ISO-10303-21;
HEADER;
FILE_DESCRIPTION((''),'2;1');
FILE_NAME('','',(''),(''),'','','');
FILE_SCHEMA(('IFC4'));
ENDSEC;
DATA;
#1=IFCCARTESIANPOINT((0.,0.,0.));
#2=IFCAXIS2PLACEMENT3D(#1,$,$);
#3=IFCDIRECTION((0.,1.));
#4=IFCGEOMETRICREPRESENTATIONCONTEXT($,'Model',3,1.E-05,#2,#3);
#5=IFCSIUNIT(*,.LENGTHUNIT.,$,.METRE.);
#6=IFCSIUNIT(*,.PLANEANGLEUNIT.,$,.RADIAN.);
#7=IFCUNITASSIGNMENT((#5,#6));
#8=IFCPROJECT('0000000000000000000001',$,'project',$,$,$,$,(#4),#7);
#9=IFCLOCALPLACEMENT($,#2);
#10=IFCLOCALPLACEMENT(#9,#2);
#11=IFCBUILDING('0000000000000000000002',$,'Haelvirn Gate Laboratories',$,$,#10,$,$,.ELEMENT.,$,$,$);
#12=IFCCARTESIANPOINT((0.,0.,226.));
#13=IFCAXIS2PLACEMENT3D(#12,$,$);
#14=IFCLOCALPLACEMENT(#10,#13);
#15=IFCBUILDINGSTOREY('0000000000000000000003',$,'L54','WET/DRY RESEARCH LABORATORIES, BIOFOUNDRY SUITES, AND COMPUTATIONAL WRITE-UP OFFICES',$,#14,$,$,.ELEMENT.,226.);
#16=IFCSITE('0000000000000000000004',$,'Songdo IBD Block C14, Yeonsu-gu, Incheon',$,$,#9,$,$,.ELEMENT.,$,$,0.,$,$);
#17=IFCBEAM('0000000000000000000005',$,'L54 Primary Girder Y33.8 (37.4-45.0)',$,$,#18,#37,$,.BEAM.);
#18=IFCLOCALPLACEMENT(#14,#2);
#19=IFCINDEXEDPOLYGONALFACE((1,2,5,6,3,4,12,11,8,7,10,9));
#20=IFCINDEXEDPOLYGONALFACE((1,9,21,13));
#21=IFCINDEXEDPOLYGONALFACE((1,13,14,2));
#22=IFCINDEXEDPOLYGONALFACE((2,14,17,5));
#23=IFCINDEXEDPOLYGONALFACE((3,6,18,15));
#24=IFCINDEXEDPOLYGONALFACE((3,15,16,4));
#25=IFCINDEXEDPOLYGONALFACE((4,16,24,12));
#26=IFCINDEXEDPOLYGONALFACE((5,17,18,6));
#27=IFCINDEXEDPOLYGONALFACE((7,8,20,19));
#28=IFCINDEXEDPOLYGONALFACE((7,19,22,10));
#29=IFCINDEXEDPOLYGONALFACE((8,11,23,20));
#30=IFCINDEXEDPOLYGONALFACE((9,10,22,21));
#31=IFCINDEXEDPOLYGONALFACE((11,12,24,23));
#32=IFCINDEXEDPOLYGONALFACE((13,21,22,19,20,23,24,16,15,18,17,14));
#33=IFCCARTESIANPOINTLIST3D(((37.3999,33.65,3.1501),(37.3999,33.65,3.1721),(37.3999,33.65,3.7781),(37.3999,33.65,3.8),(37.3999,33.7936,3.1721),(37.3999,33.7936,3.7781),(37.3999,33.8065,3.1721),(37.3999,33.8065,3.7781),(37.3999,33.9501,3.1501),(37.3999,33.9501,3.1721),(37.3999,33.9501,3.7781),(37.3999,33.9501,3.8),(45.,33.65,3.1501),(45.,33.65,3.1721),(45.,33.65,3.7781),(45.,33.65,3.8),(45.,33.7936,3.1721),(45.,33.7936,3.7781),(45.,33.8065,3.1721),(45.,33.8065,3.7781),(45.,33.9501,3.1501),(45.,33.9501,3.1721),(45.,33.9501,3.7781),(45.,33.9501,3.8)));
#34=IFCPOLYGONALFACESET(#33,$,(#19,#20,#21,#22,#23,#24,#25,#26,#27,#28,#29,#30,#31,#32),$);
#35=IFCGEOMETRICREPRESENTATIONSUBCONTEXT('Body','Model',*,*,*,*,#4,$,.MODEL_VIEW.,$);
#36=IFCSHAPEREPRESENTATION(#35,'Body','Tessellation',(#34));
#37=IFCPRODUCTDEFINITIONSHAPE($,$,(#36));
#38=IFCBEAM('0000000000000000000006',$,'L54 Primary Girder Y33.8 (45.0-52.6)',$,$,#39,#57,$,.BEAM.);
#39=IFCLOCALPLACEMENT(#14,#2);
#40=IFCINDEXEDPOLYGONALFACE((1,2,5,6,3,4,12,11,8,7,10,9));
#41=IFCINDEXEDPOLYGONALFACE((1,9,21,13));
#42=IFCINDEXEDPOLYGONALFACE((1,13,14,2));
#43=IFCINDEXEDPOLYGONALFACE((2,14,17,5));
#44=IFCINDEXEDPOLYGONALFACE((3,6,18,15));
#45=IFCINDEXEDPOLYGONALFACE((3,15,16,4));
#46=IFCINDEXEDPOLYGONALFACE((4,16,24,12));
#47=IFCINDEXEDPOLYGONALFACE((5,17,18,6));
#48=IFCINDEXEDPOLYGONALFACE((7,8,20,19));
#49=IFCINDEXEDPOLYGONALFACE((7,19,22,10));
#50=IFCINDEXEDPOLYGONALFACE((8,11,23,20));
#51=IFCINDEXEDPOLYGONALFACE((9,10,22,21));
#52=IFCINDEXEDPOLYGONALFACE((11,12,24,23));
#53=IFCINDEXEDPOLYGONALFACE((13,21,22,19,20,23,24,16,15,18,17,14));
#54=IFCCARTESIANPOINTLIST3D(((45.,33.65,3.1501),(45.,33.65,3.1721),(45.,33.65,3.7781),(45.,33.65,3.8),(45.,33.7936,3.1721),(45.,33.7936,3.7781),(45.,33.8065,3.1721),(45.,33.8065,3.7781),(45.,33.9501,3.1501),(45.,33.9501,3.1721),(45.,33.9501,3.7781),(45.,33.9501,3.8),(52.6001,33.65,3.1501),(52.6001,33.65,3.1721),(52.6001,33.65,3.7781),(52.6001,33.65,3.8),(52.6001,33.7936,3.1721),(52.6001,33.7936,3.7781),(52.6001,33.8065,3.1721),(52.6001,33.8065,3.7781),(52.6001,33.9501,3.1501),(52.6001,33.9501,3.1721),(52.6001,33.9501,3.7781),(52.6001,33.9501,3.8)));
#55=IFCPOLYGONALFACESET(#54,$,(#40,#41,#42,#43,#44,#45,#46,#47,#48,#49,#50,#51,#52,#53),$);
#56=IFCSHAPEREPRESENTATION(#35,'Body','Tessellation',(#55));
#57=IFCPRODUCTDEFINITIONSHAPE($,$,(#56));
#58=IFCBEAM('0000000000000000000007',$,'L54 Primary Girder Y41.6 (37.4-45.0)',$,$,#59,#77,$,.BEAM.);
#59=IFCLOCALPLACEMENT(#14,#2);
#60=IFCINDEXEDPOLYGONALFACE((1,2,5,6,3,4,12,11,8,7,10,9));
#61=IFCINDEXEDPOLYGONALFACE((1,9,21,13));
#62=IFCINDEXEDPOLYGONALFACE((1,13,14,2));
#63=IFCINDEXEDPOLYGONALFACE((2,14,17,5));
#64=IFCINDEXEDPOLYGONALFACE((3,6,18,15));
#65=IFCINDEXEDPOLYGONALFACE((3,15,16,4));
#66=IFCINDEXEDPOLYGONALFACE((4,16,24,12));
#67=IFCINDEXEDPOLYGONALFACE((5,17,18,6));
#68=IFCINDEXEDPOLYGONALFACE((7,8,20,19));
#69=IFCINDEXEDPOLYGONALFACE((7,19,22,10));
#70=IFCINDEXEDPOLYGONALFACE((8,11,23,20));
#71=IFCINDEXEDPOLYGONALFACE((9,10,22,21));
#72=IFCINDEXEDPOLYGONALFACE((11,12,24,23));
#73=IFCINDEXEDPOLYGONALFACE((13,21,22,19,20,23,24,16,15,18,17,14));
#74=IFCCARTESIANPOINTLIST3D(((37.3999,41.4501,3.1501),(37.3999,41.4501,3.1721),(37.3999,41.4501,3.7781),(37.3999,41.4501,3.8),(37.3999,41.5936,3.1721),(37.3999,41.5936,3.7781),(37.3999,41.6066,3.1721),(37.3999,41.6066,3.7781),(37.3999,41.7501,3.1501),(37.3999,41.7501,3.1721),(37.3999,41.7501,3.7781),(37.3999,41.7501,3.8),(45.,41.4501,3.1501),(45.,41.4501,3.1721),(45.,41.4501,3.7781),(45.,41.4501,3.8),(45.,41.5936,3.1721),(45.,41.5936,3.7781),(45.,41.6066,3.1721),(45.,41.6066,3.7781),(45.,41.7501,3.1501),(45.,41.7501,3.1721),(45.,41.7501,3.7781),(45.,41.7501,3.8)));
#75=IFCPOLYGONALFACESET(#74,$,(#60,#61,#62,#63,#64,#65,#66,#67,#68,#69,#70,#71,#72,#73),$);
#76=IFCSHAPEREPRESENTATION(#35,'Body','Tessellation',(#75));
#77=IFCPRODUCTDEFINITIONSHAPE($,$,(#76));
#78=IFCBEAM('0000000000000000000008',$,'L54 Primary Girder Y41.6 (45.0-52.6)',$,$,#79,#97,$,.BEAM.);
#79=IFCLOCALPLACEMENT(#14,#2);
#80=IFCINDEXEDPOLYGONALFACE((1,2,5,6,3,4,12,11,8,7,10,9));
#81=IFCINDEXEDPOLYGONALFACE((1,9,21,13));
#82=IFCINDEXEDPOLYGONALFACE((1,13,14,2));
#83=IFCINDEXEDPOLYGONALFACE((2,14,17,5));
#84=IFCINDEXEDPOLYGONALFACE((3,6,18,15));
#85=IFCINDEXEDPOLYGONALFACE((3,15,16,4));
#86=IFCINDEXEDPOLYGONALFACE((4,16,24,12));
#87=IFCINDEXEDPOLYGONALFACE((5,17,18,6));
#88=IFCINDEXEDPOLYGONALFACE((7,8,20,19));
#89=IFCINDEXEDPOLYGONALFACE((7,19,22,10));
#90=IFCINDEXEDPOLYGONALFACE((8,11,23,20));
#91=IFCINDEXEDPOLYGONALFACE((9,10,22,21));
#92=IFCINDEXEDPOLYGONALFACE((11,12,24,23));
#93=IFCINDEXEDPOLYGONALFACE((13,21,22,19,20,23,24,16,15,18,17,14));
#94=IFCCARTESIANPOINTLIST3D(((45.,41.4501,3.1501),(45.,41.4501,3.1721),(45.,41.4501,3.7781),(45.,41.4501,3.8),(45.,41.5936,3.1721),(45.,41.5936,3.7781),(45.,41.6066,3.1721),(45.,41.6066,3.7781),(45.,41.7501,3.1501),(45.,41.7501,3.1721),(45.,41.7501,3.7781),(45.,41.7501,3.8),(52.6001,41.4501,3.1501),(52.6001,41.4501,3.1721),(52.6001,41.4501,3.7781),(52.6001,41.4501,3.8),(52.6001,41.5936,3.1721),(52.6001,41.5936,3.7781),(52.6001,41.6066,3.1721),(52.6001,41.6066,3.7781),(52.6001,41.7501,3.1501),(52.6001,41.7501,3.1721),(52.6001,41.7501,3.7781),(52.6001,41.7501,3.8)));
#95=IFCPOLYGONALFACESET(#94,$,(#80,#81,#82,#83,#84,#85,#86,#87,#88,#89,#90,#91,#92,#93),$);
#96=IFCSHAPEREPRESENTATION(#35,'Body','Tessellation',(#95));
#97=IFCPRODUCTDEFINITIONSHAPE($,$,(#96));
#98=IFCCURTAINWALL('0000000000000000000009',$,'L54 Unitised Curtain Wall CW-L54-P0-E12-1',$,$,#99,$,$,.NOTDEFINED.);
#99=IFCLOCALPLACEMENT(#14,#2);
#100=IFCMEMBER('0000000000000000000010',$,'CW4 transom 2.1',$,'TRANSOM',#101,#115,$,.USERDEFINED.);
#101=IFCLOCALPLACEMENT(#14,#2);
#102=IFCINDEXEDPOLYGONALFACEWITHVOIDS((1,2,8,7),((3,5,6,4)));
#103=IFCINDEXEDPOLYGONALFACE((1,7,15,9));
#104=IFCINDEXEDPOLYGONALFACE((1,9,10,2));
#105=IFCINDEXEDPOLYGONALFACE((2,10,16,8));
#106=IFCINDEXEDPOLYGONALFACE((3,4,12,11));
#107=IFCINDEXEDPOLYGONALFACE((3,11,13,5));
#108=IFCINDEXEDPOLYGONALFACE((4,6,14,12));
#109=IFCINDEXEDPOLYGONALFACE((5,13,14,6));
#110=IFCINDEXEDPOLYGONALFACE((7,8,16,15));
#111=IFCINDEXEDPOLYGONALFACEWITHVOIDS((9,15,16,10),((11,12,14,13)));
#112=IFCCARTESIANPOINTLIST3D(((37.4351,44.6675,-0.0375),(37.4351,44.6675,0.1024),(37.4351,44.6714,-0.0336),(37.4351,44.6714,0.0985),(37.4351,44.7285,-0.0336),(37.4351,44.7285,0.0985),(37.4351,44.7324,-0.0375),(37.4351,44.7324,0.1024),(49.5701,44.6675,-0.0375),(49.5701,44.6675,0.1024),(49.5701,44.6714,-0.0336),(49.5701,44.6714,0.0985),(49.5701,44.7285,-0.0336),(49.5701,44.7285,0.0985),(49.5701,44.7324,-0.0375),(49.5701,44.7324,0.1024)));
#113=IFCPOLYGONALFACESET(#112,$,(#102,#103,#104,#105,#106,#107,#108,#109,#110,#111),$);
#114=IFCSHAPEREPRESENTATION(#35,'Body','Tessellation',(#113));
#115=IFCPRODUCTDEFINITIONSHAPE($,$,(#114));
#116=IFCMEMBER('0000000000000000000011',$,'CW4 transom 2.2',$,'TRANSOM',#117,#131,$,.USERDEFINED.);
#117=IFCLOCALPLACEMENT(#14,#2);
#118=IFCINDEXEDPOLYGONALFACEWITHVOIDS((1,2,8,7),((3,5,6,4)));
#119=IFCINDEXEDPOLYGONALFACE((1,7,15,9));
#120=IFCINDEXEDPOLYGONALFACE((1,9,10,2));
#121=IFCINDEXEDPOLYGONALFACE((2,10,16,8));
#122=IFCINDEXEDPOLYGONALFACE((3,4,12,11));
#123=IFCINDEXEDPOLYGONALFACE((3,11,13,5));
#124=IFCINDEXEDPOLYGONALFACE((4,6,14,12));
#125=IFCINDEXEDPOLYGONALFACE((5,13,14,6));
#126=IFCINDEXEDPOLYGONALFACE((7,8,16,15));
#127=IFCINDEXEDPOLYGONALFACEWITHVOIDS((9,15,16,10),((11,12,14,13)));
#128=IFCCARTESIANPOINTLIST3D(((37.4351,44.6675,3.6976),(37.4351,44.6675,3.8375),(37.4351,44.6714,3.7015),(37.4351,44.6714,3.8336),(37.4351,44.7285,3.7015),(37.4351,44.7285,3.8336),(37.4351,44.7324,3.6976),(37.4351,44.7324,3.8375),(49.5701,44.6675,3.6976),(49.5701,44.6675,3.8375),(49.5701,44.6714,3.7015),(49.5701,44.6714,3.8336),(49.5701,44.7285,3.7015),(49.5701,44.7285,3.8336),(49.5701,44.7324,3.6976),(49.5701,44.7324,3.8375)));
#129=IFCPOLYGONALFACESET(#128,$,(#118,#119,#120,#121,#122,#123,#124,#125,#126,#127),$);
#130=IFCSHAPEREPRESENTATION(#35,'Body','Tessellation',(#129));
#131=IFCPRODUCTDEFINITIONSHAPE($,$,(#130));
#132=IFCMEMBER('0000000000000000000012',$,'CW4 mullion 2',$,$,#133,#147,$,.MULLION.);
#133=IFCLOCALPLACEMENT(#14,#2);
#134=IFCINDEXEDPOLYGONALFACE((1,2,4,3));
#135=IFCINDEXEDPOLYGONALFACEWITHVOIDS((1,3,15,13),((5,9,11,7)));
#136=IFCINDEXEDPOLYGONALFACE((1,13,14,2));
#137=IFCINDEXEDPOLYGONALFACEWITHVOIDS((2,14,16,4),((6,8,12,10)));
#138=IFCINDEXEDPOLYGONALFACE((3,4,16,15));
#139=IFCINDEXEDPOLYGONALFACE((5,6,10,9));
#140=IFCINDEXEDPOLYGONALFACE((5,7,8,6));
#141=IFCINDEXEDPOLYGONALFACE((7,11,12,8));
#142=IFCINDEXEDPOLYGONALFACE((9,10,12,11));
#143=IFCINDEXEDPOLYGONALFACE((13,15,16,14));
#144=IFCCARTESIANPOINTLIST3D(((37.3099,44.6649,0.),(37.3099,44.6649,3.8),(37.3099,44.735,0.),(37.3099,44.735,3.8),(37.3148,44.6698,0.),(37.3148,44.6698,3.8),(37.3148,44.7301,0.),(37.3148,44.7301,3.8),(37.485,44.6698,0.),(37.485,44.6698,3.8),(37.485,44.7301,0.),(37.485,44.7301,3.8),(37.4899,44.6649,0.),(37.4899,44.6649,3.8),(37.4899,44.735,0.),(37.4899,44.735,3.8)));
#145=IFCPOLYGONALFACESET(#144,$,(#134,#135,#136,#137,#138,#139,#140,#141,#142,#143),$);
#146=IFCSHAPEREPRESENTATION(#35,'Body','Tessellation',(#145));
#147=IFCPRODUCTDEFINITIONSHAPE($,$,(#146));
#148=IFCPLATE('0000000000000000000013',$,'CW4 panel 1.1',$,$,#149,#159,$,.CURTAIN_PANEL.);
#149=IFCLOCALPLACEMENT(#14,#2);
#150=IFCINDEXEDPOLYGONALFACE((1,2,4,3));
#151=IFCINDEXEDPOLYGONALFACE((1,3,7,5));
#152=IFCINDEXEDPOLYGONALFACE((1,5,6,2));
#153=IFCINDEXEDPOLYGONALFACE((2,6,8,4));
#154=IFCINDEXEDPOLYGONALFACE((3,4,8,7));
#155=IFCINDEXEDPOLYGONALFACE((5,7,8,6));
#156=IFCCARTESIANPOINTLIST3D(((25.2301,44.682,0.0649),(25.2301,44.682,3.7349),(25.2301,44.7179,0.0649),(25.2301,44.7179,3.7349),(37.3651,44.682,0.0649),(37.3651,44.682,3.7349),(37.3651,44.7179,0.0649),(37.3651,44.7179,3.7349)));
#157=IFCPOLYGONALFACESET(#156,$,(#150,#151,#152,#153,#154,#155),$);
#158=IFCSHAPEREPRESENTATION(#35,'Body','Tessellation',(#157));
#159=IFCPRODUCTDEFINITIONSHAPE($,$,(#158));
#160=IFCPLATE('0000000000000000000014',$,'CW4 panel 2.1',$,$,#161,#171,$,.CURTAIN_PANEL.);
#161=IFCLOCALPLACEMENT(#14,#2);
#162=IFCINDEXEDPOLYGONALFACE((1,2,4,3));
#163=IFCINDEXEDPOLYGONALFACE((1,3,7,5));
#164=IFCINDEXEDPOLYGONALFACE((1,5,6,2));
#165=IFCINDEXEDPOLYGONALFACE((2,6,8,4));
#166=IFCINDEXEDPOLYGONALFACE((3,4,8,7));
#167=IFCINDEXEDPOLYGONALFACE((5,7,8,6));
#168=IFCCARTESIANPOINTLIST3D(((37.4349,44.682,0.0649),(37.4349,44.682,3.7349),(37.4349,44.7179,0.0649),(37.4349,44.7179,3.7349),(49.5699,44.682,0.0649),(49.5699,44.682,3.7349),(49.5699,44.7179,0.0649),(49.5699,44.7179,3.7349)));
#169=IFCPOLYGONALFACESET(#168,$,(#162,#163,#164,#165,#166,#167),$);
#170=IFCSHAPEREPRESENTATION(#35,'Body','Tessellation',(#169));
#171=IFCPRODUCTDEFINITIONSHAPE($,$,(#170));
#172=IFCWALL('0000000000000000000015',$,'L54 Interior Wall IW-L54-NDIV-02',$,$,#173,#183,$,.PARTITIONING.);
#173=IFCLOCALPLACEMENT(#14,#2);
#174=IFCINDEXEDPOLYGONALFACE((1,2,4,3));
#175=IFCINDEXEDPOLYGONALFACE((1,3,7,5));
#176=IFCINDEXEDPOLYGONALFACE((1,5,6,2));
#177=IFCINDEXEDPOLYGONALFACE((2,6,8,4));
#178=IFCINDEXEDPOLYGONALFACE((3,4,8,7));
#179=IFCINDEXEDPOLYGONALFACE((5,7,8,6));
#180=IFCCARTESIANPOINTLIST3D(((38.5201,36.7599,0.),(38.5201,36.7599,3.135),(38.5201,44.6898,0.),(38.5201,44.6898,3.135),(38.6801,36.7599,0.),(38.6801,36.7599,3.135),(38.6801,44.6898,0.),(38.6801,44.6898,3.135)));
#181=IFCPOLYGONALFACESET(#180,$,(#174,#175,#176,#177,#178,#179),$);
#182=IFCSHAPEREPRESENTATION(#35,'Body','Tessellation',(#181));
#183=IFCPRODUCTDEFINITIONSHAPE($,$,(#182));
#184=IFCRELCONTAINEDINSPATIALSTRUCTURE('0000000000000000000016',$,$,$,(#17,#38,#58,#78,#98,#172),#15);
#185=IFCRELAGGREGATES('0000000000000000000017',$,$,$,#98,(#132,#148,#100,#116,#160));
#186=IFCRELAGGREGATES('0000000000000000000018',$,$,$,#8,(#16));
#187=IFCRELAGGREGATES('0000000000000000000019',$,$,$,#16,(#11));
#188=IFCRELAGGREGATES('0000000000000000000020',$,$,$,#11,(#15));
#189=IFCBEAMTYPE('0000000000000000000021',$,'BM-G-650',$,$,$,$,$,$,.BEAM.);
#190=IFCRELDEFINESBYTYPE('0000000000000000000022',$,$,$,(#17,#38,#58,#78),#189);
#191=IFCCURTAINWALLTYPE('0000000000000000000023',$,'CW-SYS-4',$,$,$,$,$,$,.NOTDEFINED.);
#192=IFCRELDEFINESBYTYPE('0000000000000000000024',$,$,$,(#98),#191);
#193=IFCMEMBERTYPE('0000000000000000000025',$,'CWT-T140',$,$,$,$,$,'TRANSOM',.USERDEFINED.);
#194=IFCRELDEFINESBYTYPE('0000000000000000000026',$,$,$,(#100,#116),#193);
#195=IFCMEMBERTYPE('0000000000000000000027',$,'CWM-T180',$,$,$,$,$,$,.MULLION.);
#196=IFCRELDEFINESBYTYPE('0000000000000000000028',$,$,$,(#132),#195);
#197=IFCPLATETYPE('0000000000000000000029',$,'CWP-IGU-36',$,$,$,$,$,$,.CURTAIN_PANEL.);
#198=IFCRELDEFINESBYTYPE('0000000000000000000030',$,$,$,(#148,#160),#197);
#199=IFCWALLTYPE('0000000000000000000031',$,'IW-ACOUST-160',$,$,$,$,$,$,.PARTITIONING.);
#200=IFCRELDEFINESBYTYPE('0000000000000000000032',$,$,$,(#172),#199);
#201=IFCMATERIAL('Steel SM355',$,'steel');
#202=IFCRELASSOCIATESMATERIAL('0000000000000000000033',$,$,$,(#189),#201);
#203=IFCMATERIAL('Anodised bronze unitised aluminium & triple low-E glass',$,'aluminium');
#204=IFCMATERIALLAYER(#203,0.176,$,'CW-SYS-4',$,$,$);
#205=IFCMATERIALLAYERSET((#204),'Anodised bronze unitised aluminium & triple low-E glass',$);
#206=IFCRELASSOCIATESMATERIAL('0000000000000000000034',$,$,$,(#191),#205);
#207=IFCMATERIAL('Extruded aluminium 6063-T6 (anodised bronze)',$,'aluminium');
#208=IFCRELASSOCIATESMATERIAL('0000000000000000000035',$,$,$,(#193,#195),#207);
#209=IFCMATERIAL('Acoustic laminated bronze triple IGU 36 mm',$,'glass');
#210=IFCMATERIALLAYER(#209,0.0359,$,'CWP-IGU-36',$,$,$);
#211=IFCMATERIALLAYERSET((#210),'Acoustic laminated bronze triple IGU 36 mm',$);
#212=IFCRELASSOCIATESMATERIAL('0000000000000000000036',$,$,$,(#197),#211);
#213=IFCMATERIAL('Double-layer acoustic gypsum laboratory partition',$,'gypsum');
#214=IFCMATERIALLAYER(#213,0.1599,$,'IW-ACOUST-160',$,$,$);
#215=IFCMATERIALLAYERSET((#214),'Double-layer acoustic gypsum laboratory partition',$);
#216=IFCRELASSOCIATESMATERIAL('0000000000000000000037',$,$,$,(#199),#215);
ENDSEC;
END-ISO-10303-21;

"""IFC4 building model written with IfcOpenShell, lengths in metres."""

from ifc_helpers import new_model, si_unit, direction, frame, frame_2d, origin, origin_2d, place, context, subcontext, project, spatial, rectangle, hollow_rectangle, i_section, extrude, source, transform, mapped, material, layer, layer_set, material_profile, profile_set, type_object, type_shapes, element, aggregate, save


model = new_model("IFC4")

# Units and contexts
model_context = context("Model", 3, precision=1e-05, world=origin(), true_north=direction((0.0, 1.0)))
body_context = subcontext(model_context, "Body", "Model", "MODEL_VIEW")
ifc_project = project(units=[si_unit("LENGTHUNIT", "METRE"), si_unit("PLANEANGLEUNIT", "RADIAN")], contexts=[model_context])

# Site, building, storey
site_placement = place(None, origin())
site = spatial("IfcSite", under=ifc_project, at=site_placement, Name="Songdo IBD Block C14, Yeonsu-gu, Incheon", CompositionType="ELEMENT", RefElevation=0.0)
building_placement = place(site_placement, origin())
building = spatial("IfcBuilding", under=site, at=building_placement, Name="Haelvirn Gate Laboratories", CompositionType="ELEMENT")
storey_placement = place(building_placement, frame((0.0, 0.0, 226.0)))
storey = spatial("IfcBuildingStorey", under=building, at=storey_placement, Name="L54", Description="WET/DRY RESEARCH LABORATORIES, BIOFOUNDRY SUITES, AND COMPUTATIONAL WRITE-UP OFFICES", CompositionType="ELEMENT", Elevation=226.0)

# Shared definitions
ifc_material_1 = material(Name="Steel SM355", Category="steel")

# Beams
ifc_material_profile_1 = material_profile(ifc_material_1, i_section(OverallWidth=0.3, OverallDepth=0.6499, WebThickness=0.0129, FlangeThickness=0.022, at=origin_2d()), Name="H-650x300x13x22")
ifc_profile_set_1 = profile_set([ifc_material_profile_1], Name="Steel SM355")
beam_type_1 = type_object("IfcBeamType", Name="BM-G-650", PredefinedType="BEAM", material=ifc_profile_set_1)
shared_shape_1 = source(origin(), body_context, "Body", "SweptSolid", [
    extrude(i_section(OverallWidth=0.3, OverallDepth=0.6499, WebThickness=0.0129, FlangeThickness=0.022, at=origin_2d()), origin(), (0.0, 0.0, 1.0), 7.6001),
])
type_shapes(beam_type_1, [shared_shape_1])
for number, where, z_axis, x_axis, name in (
    (1, (37.3999, 33.8, 3.4751), (1.0, 0.0, 0.0), (0.0, 1.0, 0.0), "L54 Primary Girder Y33.8 (37.4-45.0)"),
    (2, (45.0, 33.8, 3.4751), (1.0, 0.0, 0.0), (0.0, 1.0, 0.0), "L54 Primary Girder Y33.8 (45.0-52.6)"),
    (3, (37.3999, 41.6001, 3.4751), (1.0, 0.0, 0.0), (0.0, 1.0, 0.0), "L54 Primary Girder Y41.6 (37.4-45.0)"),
    (4, (45.0, 41.6001, 3.4751), (1.0, 0.0, 0.0), (0.0, 1.0, 0.0), "L54 Primary Girder Y41.6 (45.0-52.6)"),
):
    element("IfcBeam", number, at=place(storey_placement, frame(where, z_axis=z_axis, x_axis=x_axis)), inside=storey, type_object=beam_type_1, Name=name, PredefinedType="BEAM", context=body_context, shape_type="MappedRepresentation", body=[
        mapped(shared_shape_1, transform((0.0, 0.0, 0.0), scale=1.0)),
    ])

# Curtain wall, members, plates
ifc_material_2 = material(Name="Anodised bronze unitised aluminium & triple low-E glass", Category="aluminium")
ifc_layer_1 = layer(ifc_material_2, 0.176, Name="CW-SYS-4")
ifc_layer_set_1 = layer_set([ifc_layer_1], Name="Anodised bronze unitised aluminium & triple low-E glass")
curtain_wall_type = type_object("IfcCurtainWallType", Name="CW-SYS-4", PredefinedType="NOTDEFINED", material=ifc_layer_set_1)
curtain_wall_placement = place(storey_placement, origin())
curtain_wall = element("IfcCurtainWall", 5, at=curtain_wall_placement, inside=storey, type_object=curtain_wall_type, Name="L54 Unitised Curtain Wall CW-L54-P0-E12-1", PredefinedType="NOTDEFINED")
ifc_material_3 = material(Name="Extruded aluminium 6063-T6 (anodised bronze)", Category="aluminium")
ifc_material_profile_2 = material_profile(ifc_material_3, hollow_rectangle(XDim=0.0649, YDim=0.1399, WallThickness=0.0039, at=origin_2d()), Name="CWT-140x65x4")
ifc_profile_set_2 = profile_set([ifc_material_profile_2], Name="Extruded aluminium 6063-T6 (anodised bronze)")
member_type_1 = type_object("IfcMemberType", Name="CWT-T140", ElementType="TRANSOM", PredefinedType="USERDEFINED", material=ifc_profile_set_2)
shared_shape_2 = source(origin(), body_context, "Body", "SweptSolid", [
    extrude(hollow_rectangle(XDim=0.0649, YDim=0.1399, WallThickness=0.0039, at=origin_2d()), origin(), (0.0, 0.0, 1.0), 12.135),
])
type_shapes(member_type_1, [shared_shape_2])
member_1_placement = place(storey_placement, frame((37.4351, 44.7, 0.0325), z_axis=(1.0, 0.0, 0.0), x_axis=(0.0, 1.0, 0.0)))
member_1 = element("IfcMember", 6, at=member_1_placement, type_object=member_type_1, Name="CW4 transom 2.1", ObjectType="TRANSOM", PredefinedType="USERDEFINED", context=body_context, shape_type="MappedRepresentation", body=[
    mapped(shared_shape_2, transform((0.0, 0.0, 0.0), scale=1.0)),
])
member_2_placement = place(storey_placement, frame((37.4351, 44.7, 3.7676), z_axis=(1.0, 0.0, 0.0), x_axis=(0.0, 1.0, 0.0)))
member_2 = element("IfcMember", 7, at=member_2_placement, type_object=member_type_1, Name="CW4 transom 2.2", ObjectType="TRANSOM", PredefinedType="USERDEFINED", context=body_context, shape_type="MappedRepresentation", body=[
    mapped(shared_shape_2, transform((0.0, 0.0, 0.0), scale=1.0)),
])
ifc_material_profile_3 = material_profile(ifc_material_3, hollow_rectangle(XDim=0.0701, YDim=0.1799, WallThickness=0.0049, at=origin_2d()), Name="CWM-180x70x5")
ifc_profile_set_3 = profile_set([ifc_material_profile_3], Name="Extruded aluminium 6063-T6 (anodised bronze)")
member_type_2 = type_object("IfcMemberType", Name="CWM-T180", PredefinedType="MULLION", material=ifc_profile_set_3)
shared_shape_3 = source(origin(), body_context, "Body", "SweptSolid", [
    extrude(hollow_rectangle(XDim=0.0701, YDim=0.1799, WallThickness=0.0049, at=origin_2d()), origin(), (0.0, 0.0, 1.0), 3.8),
])
type_shapes(member_type_2, [shared_shape_3])
member_3_placement = place(storey_placement, frame((37.3999, 44.7, 0.0), z_axis=(0.0, 0.0, 1.0), x_axis=(0.0, 1.0, 0.0)))
member_3 = element("IfcMember", 8, at=member_3_placement, type_object=member_type_2, Name="CW4 mullion 2", PredefinedType="MULLION", context=body_context, shape_type="MappedRepresentation", body=[
    mapped(shared_shape_3, transform((0.0, 0.0, 0.0), scale=1.0)),
])
ifc_material_4 = material(Name="Acoustic laminated bronze triple IGU 36 mm", Category="glass")
ifc_layer_2 = layer(ifc_material_4, 0.0359, Name="CWP-IGU-36")
ifc_layer_set_2 = layer_set([ifc_layer_2], Name="Acoustic laminated bronze triple IGU 36 mm")
plate_type = type_object("IfcPlateType", Name="CWP-IGU-36", PredefinedType="CURTAIN_PANEL", material=ifc_layer_set_2)
shared_shape_4 = source(origin(), body_context, "Body", "SweptSolid", [
    extrude(rectangle(XDim=12.135, YDim=0.0359, at=origin_2d()), origin(), (0.0, 0.0, 1.0), 3.6699),
])
type_shapes(plate_type, [shared_shape_4])
plate_1_placement = place(storey_placement, frame((31.2976, 44.7, 0.0649), z_axis=(0.0, 0.0, 1.0), x_axis=(1.0, 0.0, 0.0)))
plate_1 = element("IfcPlate", 9, at=plate_1_placement, type_object=plate_type, Name="CW4 panel 1.1", PredefinedType="CURTAIN_PANEL", context=body_context, shape_type="MappedRepresentation", body=[
    mapped(shared_shape_4, transform((0.0, 0.0, 0.0), scale=1.0)),
])
plate_2_placement = place(storey_placement, frame((43.5024, 44.7, 0.0649), z_axis=(0.0, 0.0, 1.0), x_axis=(1.0, 0.0, 0.0)))
plate_2 = element("IfcPlate", 10, at=plate_2_placement, type_object=plate_type, Name="CW4 panel 2.1", PredefinedType="CURTAIN_PANEL", context=body_context, shape_type="MappedRepresentation", body=[
    mapped(shared_shape_4, transform((0.0, 0.0, 0.0), scale=1.0)),
])
aggregate(curtain_wall, [member_3, plate_1, member_1, member_2, plate_2])

# Wall
ifc_material_5 = material(Name="Double-layer acoustic gypsum laboratory partition", Category="gypsum")
ifc_layer_3 = layer(ifc_material_5, 0.1599, Name="IW-ACOUST-160")
ifc_layer_set_3 = layer_set([ifc_layer_3], Name="Double-layer acoustic gypsum laboratory partition")
wall_type_1 = type_object("IfcWallType", Name="IW-ACOUST-160", PredefinedType="PARTITIONING", material=ifc_layer_set_3)
wall_1_placement = place(storey_placement, frame((38.6001, 36.76, 0.0), z_axis=(0.0, 0.0, 1.0), x_axis=(0.0, 1.0, 0.0)))
element("IfcWall", 11, at=wall_1_placement, inside=storey, type_object=wall_type_1, Name="L54 Interior Wall IW-L54-NDIV-02", PredefinedType="PARTITIONING", context=body_context, shape_type="SweptSolid", body=[
    extrude(rectangle(XDim=7.9299, YDim=0.1599, at=frame_2d((3.9648, 0.0))), origin(), (0.0, 0.0, 1.0), 3.135),
])

save(model, "model.ifc")
